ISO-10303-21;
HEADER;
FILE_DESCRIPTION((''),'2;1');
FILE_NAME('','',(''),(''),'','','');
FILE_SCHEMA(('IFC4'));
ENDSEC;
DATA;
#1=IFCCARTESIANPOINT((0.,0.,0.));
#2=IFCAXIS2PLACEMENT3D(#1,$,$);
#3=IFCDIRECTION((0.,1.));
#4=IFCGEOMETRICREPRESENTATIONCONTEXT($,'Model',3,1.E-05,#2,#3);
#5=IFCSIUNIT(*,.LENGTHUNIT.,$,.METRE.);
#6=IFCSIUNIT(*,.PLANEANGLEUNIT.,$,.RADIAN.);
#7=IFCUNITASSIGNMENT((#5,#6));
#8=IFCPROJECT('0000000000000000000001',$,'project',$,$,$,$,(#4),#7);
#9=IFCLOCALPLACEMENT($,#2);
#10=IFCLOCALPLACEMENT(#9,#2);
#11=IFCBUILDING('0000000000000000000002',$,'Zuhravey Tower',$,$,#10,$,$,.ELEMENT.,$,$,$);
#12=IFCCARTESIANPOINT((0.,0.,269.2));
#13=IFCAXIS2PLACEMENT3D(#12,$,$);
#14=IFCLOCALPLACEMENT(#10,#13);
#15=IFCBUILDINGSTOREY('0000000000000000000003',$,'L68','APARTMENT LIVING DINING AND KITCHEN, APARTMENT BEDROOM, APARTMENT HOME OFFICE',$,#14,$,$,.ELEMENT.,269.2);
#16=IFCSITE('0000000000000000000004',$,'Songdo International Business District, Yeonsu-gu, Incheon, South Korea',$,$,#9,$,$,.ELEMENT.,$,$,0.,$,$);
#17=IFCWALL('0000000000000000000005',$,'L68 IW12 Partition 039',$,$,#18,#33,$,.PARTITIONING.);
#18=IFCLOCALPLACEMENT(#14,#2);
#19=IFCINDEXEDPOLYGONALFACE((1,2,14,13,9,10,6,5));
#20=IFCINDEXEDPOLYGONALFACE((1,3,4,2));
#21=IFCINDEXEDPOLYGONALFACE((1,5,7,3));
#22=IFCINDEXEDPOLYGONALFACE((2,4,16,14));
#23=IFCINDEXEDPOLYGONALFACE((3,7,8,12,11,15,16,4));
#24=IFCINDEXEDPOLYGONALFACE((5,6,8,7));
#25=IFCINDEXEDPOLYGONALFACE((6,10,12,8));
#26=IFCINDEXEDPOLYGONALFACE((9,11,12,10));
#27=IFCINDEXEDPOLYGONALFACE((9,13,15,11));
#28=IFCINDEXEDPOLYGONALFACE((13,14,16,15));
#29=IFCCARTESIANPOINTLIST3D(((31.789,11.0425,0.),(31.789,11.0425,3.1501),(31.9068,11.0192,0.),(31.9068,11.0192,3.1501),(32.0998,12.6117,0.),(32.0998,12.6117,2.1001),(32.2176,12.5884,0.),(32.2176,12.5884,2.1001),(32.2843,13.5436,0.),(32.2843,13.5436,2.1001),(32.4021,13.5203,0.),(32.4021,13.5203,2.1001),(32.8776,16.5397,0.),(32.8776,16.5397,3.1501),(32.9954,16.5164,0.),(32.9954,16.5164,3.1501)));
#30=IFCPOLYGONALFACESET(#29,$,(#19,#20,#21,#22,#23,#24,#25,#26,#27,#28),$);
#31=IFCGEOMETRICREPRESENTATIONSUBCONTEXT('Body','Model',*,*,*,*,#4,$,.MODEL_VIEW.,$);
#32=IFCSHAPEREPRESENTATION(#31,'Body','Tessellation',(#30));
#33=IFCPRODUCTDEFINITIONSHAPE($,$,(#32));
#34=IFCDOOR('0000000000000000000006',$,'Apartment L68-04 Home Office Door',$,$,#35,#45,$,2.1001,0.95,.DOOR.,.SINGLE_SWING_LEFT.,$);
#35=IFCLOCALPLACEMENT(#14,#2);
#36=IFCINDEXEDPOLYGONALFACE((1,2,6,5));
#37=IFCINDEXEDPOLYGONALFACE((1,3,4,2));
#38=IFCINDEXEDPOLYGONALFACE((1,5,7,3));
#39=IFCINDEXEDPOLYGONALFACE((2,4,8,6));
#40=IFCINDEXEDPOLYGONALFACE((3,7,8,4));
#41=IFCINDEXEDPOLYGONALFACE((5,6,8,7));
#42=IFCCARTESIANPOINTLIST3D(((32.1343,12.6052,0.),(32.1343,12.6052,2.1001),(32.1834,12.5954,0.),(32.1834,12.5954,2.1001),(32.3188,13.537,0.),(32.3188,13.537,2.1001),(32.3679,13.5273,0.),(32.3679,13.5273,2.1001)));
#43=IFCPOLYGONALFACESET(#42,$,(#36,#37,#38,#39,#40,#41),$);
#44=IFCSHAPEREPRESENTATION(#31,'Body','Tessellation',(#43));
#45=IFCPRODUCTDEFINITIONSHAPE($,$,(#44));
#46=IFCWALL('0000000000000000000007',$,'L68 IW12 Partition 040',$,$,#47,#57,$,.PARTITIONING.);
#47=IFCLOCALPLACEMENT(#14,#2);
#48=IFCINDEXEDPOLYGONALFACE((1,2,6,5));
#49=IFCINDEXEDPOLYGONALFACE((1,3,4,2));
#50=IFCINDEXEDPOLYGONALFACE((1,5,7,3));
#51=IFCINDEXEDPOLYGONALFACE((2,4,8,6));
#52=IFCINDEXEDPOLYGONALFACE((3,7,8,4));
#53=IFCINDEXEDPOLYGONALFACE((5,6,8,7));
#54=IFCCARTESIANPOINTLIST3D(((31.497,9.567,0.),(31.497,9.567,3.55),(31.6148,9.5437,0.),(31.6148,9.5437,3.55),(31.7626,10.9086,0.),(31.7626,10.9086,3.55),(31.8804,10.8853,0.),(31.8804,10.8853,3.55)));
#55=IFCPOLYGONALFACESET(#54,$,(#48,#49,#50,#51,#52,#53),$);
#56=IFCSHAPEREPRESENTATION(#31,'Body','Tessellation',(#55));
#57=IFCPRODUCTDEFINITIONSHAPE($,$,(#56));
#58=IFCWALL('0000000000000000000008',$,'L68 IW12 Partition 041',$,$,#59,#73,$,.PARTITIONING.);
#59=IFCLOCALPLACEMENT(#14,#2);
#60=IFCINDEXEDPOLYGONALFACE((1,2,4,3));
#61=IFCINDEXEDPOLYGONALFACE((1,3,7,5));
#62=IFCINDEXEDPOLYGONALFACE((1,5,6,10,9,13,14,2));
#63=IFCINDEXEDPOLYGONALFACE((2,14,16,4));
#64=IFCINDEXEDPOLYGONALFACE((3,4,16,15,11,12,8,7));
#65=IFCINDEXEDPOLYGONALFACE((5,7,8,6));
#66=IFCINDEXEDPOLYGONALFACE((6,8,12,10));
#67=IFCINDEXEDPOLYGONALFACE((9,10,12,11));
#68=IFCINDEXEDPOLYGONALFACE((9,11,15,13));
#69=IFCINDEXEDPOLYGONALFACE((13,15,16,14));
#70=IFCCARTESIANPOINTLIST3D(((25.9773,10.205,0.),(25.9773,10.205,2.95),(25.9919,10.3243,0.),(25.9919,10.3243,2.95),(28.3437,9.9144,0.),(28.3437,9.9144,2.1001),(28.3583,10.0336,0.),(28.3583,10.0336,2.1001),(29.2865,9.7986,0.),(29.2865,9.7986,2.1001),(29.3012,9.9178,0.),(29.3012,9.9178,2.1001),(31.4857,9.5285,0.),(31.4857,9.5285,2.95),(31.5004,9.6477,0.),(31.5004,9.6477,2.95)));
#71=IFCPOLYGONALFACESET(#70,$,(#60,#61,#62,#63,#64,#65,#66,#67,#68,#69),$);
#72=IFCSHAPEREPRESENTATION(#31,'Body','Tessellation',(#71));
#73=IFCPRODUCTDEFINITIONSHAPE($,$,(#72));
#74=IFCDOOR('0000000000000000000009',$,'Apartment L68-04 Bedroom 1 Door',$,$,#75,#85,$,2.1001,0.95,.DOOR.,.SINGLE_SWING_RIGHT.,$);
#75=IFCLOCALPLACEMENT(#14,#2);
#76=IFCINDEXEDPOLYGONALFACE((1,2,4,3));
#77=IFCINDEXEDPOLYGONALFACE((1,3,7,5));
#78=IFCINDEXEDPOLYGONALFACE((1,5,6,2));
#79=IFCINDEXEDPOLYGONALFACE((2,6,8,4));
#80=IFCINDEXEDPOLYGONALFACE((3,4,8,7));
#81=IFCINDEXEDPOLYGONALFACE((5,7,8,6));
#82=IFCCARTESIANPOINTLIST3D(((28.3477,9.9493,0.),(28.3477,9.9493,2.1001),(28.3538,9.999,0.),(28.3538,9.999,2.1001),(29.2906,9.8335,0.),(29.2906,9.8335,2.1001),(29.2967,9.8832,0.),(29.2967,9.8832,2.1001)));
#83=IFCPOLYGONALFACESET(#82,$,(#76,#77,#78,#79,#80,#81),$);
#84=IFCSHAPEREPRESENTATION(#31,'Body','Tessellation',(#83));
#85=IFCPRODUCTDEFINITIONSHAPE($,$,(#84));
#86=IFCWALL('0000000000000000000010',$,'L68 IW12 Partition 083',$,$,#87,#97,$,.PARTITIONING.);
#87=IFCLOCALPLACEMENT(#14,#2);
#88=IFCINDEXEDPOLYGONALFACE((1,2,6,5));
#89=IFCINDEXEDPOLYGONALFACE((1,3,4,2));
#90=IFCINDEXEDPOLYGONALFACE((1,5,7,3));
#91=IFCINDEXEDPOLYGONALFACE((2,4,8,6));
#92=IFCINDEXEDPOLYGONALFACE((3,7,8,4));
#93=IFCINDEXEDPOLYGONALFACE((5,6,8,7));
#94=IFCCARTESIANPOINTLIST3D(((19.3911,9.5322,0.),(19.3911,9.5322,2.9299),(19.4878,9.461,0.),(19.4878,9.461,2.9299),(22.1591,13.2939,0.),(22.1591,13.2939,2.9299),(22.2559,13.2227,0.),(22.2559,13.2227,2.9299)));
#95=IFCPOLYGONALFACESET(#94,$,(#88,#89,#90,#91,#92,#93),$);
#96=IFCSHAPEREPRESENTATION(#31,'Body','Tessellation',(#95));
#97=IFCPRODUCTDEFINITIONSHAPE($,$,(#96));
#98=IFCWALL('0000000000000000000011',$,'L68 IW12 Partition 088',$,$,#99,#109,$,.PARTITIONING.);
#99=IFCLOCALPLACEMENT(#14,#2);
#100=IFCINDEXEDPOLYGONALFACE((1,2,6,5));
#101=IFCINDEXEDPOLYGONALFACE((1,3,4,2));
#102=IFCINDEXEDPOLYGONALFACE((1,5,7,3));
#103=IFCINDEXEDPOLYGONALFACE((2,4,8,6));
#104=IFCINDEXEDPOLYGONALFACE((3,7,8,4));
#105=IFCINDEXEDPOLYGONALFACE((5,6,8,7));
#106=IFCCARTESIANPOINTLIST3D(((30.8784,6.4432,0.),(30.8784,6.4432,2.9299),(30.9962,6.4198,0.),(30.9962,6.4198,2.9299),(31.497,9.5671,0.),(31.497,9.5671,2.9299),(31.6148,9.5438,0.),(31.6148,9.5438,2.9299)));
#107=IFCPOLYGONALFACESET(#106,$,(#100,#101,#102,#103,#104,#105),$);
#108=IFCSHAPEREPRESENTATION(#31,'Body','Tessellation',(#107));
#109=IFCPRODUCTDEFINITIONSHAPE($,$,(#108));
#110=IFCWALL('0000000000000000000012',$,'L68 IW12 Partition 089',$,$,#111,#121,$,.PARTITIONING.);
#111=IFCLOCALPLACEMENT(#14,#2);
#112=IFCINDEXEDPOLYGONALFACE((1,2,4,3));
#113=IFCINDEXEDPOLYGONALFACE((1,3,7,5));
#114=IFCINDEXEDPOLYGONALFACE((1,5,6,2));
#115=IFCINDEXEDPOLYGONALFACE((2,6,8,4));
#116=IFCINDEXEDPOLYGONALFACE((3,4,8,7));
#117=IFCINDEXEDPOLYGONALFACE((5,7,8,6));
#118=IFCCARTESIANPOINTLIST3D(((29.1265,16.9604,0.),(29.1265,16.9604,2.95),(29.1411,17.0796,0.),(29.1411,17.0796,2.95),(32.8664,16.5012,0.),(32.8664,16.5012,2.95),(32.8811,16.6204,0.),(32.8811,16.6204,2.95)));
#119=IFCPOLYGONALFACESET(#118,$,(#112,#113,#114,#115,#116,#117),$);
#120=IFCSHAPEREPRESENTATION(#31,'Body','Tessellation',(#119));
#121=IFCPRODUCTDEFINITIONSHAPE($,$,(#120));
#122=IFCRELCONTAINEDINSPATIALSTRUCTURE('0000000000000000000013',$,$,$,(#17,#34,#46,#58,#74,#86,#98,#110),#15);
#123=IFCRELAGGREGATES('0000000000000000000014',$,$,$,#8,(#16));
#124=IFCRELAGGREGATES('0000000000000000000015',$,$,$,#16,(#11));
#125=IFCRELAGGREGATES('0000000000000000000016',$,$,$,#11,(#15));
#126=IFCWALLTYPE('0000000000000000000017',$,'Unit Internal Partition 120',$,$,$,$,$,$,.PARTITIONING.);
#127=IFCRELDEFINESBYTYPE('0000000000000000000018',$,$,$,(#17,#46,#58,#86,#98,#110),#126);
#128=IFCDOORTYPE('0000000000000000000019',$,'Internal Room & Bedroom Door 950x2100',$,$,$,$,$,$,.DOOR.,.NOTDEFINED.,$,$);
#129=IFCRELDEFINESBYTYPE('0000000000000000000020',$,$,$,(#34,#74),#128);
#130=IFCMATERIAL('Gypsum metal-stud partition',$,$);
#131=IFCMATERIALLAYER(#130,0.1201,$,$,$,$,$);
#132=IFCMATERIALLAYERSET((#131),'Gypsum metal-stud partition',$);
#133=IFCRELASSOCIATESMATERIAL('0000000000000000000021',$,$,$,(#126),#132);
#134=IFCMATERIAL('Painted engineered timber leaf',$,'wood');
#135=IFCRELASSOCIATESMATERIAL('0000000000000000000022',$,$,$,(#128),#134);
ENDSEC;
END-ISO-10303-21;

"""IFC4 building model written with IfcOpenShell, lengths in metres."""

from ifc_helpers import new_model, si_unit, direction, frame, frame_2d, origin, place, context, subcontext, project, spatial, rectangle, extrude, material, layer, layer_set, type_object, element, fill, save


model = new_model("IFC4")

# Units and contexts
model_context = context("Model", 3, precision=1e-05, world=origin(), true_north=direction((0.0, 1.0)))
body_context = subcontext(model_context, "Body", "Model", "MODEL_VIEW")
ifc_project = project(units=[si_unit("LENGTHUNIT", "METRE"), si_unit("PLANEANGLEUNIT", "RADIAN")], contexts=[model_context])

# Site, building, storey
site_placement = place(None, origin())
site = spatial("IfcSite", under=ifc_project, at=site_placement, Name="Songdo International Business District, Yeonsu-gu, Incheon, South Korea", CompositionType="ELEMENT", RefElevation=0.0)
building_placement = place(site_placement, origin())
building = spatial("IfcBuilding", under=site, at=building_placement, Name="Zuhravey Tower", CompositionType="ELEMENT")
storey_placement = place(building_placement, frame((0.0, 0.0, 269.2)))
storey = spatial("IfcBuildingStorey", under=building, at=storey_placement, Name="L68", Description="APARTMENT LIVING DINING AND KITCHEN, APARTMENT BEDROOM, APARTMENT HOME OFFICE", CompositionType="ELEMENT", Elevation=269.2)

# Wall, opening, door
ifc_material_1 = material(Name="Gypsum metal-stud partition")
ifc_layer_1 = layer(ifc_material_1, 0.1201)
ifc_layer_set_1 = layer_set([ifc_layer_1], Name="Gypsum metal-stud partition")
wall_type_1 = type_object("IfcWallType", Name="Unit Internal Partition 120", PredefinedType="PARTITIONING", material=ifc_layer_set_1)
ifc_material_2 = material(Name="Painted engineered timber leaf", Category="wood")
door_type_1 = type_object("IfcDoorType", Name="Internal Room & Bedroom Door 950x2100", OperationType="NOTDEFINED", PredefinedType="DOOR", material=ifc_material_2)
wall_1_placement = place(storey_placement, frame((32.9365, 16.5281, 0.0), z_axis=(0.0, 0.0, 1.0), x_axis=(-0.194256, -0.980951, 0.0)))
wall_1 = element("IfcWall", 1, at=wall_1_placement, inside=storey, type_object=wall_type_1, Name="L68 IW12 Partition 039", PredefinedType="PARTITIONING", context=body_context, shape_type="SweptSolid", body=[
    extrude(rectangle(XDim=5.604, YDim=0.1201, at=frame_2d((2.802, 0.0))), origin(), (0.0, 0.0, 1.0), 3.1501),
])
opening_1_placement = place(wall_1_placement, frame((3.0542, 0.0, 0.0)))
opening_1 = element("IfcOpeningElement", 2, at=opening_1_placement, cuts=wall_1, PredefinedType="OPENING", context=body_context, shape_type="SweptSolid", body=[
    extrude(rectangle(XDim=0.95, YDim=2.1001, at=frame_2d((0.4751, 1.05))), frame((0.0, 0.072, 0.0), z_axis=(0.0, -1.0, 0.0), x_axis=(1.0, 0.0, 0.0)), (0.0, 0.0, 1.0), 0.144),
])
door_1_placement = place(opening_1_placement, frame((0.95, 0.0, 0.0), z_axis=(0.0, 0.0, 1.0), x_axis=(-1.0, 0.0, 0.0)))
door_1 = element("IfcDoor", 3, at=door_1_placement, inside=storey, type_object=door_type_1, Name="Apartment L68-04 Home Office Door", OperationType="SINGLE_SWING_LEFT", OverallHeight=2.1001, OverallWidth=0.95, PredefinedType="DOOR", context=body_context, shape_type="SweptSolid", body=[
    extrude(rectangle(XDim=0.95, YDim=2.1001, at=frame_2d((0.4751, 1.05))), frame((0.0, 0.0249, 0.0), z_axis=(0.0, -1.0, 0.0), x_axis=(1.0, 0.0, 0.0)), (0.0, 0.0, 1.0), 0.05),
])
fill(opening_1, door_1)

# Wall
wall_2_placement = place(storey_placement, frame((31.8215, 10.897, 0.0), z_axis=(0.0, 0.0, 1.0), x_axis=(-0.194228, -0.980956, 0.0)))
element("IfcWall", 4, at=wall_2_placement, inside=storey, type_object=wall_type_1, Name="L68 IW12 Partition 040", PredefinedType="PARTITIONING", context=body_context, shape_type="SweptSolid", body=[
    extrude(rectangle(XDim=1.3677, YDim=0.1201, at=frame_2d((0.6838, 0.0))), origin(), (0.0, 0.0, 1.0), 3.55),
])

# Wall, opening, door
wall_3_placement = place(storey_placement, frame((25.9846, 10.2646, 0.0), z_axis=(0.0, 0.0, 1.0), x_axis=(0.992542, -0.121901, 0.0)))
wall_3 = element("IfcWall", 5, at=wall_3_placement, inside=storey, type_object=wall_type_1, Name="L68 IW12 Partition 041", PredefinedType="PARTITIONING", context=body_context, shape_type="SweptSolid", body=[
    extrude(rectangle(XDim=5.5498, YDim=0.1201, at=frame_2d((2.7749, 0.0))), origin(), (0.0, 0.0, 1.0), 2.95),
])
opening_2_placement = place(wall_3_placement, frame((2.384, 0.0, 0.0)))
opening_2 = element("IfcOpeningElement", 6, at=opening_2_placement, cuts=wall_3, PredefinedType="OPENING", context=body_context, shape_type="SweptSolid", body=[
    extrude(rectangle(XDim=0.95, YDim=2.1001, at=frame_2d((0.4751, 1.05))), frame((0.0, 0.072, 0.0), z_axis=(0.0, -1.0, 0.0), x_axis=(1.0, 0.0, 0.0)), (0.0, 0.0, 1.0), 0.144),
])
door_2_placement = place(opening_2_placement, frame((0.95, 0.0, 0.0), z_axis=(0.0, 0.0, 1.0), x_axis=(-1.0, 0.0, 0.0)))
door_2 = element("IfcDoor", 7, at=door_2_placement, inside=storey, type_object=door_type_1, Name="Apartment L68-04 Bedroom 1 Door", OperationType="SINGLE_SWING_RIGHT", OverallHeight=2.1001, OverallWidth=0.95, PredefinedType="DOOR", context=body_context, shape_type="SweptSolid", body=[
    extrude(rectangle(XDim=0.95, YDim=2.1001, at=frame_2d((0.4751, 1.05))), frame((0.0, 0.0249, 0.0), z_axis=(0.0, -1.0, 0.0), x_axis=(1.0, 0.0, 0.0)), (0.0, 0.0, 1.0), 0.05),
])
fill(opening_2, door_2)

# Walls
wall_4_placement = place(storey_placement, frame((22.2075, 13.2583, 0.0), z_axis=(0.0, 0.0, 1.0), x_axis=(-0.592682, -0.805437, 0.0)))
element("IfcWall", 8, at=wall_4_placement, inside=storey, type_object=wall_type_1, Name="L68 IW12 Partition 083", PredefinedType="PARTITIONING", context=body_context, shape_type="SweptSolid", body=[
    extrude(rectangle(XDim=4.6704, YDim=0.1201, at=frame_2d((2.3352, 0.0))), origin(), (0.0, 0.0, 1.0), 2.9299),
])
wall_5_placement = place(storey_placement, frame((31.5559, 9.5554, 0.0), z_axis=(0.0, 0.0, 1.0), x_axis=(-0.194258, -0.98095, 0.0)))
element("IfcWall", 9, at=wall_5_placement, inside=storey, type_object=wall_type_1, Name="L68 IW12 Partition 088", PredefinedType="PARTITIONING", context=body_context, shape_type="SweptSolid", body=[
    extrude(rectangle(XDim=3.1846, YDim=0.1201, at=frame_2d((1.5923, 0.0))), origin(), (0.0, 0.0, 1.0), 2.9299),
])
wall_6_placement = place(storey_placement, frame((29.1338, 17.02, 0.0), z_axis=(0.0, 0.0, 1.0), x_axis=(0.992546, -0.121873, 0.0)))
element("IfcWall", 10, at=wall_6_placement, inside=storey, type_object=wall_type_1, Name="L68 IW12 Partition 089", PredefinedType="PARTITIONING", context=body_context, shape_type="SweptSolid", body=[
    extrude(rectangle(XDim=3.7681, YDim=0.1201, at=frame_2d((1.884, 0.0))), origin(), (0.0, 0.0, 1.0), 2.95),
])

save(model, "model.ifc")
